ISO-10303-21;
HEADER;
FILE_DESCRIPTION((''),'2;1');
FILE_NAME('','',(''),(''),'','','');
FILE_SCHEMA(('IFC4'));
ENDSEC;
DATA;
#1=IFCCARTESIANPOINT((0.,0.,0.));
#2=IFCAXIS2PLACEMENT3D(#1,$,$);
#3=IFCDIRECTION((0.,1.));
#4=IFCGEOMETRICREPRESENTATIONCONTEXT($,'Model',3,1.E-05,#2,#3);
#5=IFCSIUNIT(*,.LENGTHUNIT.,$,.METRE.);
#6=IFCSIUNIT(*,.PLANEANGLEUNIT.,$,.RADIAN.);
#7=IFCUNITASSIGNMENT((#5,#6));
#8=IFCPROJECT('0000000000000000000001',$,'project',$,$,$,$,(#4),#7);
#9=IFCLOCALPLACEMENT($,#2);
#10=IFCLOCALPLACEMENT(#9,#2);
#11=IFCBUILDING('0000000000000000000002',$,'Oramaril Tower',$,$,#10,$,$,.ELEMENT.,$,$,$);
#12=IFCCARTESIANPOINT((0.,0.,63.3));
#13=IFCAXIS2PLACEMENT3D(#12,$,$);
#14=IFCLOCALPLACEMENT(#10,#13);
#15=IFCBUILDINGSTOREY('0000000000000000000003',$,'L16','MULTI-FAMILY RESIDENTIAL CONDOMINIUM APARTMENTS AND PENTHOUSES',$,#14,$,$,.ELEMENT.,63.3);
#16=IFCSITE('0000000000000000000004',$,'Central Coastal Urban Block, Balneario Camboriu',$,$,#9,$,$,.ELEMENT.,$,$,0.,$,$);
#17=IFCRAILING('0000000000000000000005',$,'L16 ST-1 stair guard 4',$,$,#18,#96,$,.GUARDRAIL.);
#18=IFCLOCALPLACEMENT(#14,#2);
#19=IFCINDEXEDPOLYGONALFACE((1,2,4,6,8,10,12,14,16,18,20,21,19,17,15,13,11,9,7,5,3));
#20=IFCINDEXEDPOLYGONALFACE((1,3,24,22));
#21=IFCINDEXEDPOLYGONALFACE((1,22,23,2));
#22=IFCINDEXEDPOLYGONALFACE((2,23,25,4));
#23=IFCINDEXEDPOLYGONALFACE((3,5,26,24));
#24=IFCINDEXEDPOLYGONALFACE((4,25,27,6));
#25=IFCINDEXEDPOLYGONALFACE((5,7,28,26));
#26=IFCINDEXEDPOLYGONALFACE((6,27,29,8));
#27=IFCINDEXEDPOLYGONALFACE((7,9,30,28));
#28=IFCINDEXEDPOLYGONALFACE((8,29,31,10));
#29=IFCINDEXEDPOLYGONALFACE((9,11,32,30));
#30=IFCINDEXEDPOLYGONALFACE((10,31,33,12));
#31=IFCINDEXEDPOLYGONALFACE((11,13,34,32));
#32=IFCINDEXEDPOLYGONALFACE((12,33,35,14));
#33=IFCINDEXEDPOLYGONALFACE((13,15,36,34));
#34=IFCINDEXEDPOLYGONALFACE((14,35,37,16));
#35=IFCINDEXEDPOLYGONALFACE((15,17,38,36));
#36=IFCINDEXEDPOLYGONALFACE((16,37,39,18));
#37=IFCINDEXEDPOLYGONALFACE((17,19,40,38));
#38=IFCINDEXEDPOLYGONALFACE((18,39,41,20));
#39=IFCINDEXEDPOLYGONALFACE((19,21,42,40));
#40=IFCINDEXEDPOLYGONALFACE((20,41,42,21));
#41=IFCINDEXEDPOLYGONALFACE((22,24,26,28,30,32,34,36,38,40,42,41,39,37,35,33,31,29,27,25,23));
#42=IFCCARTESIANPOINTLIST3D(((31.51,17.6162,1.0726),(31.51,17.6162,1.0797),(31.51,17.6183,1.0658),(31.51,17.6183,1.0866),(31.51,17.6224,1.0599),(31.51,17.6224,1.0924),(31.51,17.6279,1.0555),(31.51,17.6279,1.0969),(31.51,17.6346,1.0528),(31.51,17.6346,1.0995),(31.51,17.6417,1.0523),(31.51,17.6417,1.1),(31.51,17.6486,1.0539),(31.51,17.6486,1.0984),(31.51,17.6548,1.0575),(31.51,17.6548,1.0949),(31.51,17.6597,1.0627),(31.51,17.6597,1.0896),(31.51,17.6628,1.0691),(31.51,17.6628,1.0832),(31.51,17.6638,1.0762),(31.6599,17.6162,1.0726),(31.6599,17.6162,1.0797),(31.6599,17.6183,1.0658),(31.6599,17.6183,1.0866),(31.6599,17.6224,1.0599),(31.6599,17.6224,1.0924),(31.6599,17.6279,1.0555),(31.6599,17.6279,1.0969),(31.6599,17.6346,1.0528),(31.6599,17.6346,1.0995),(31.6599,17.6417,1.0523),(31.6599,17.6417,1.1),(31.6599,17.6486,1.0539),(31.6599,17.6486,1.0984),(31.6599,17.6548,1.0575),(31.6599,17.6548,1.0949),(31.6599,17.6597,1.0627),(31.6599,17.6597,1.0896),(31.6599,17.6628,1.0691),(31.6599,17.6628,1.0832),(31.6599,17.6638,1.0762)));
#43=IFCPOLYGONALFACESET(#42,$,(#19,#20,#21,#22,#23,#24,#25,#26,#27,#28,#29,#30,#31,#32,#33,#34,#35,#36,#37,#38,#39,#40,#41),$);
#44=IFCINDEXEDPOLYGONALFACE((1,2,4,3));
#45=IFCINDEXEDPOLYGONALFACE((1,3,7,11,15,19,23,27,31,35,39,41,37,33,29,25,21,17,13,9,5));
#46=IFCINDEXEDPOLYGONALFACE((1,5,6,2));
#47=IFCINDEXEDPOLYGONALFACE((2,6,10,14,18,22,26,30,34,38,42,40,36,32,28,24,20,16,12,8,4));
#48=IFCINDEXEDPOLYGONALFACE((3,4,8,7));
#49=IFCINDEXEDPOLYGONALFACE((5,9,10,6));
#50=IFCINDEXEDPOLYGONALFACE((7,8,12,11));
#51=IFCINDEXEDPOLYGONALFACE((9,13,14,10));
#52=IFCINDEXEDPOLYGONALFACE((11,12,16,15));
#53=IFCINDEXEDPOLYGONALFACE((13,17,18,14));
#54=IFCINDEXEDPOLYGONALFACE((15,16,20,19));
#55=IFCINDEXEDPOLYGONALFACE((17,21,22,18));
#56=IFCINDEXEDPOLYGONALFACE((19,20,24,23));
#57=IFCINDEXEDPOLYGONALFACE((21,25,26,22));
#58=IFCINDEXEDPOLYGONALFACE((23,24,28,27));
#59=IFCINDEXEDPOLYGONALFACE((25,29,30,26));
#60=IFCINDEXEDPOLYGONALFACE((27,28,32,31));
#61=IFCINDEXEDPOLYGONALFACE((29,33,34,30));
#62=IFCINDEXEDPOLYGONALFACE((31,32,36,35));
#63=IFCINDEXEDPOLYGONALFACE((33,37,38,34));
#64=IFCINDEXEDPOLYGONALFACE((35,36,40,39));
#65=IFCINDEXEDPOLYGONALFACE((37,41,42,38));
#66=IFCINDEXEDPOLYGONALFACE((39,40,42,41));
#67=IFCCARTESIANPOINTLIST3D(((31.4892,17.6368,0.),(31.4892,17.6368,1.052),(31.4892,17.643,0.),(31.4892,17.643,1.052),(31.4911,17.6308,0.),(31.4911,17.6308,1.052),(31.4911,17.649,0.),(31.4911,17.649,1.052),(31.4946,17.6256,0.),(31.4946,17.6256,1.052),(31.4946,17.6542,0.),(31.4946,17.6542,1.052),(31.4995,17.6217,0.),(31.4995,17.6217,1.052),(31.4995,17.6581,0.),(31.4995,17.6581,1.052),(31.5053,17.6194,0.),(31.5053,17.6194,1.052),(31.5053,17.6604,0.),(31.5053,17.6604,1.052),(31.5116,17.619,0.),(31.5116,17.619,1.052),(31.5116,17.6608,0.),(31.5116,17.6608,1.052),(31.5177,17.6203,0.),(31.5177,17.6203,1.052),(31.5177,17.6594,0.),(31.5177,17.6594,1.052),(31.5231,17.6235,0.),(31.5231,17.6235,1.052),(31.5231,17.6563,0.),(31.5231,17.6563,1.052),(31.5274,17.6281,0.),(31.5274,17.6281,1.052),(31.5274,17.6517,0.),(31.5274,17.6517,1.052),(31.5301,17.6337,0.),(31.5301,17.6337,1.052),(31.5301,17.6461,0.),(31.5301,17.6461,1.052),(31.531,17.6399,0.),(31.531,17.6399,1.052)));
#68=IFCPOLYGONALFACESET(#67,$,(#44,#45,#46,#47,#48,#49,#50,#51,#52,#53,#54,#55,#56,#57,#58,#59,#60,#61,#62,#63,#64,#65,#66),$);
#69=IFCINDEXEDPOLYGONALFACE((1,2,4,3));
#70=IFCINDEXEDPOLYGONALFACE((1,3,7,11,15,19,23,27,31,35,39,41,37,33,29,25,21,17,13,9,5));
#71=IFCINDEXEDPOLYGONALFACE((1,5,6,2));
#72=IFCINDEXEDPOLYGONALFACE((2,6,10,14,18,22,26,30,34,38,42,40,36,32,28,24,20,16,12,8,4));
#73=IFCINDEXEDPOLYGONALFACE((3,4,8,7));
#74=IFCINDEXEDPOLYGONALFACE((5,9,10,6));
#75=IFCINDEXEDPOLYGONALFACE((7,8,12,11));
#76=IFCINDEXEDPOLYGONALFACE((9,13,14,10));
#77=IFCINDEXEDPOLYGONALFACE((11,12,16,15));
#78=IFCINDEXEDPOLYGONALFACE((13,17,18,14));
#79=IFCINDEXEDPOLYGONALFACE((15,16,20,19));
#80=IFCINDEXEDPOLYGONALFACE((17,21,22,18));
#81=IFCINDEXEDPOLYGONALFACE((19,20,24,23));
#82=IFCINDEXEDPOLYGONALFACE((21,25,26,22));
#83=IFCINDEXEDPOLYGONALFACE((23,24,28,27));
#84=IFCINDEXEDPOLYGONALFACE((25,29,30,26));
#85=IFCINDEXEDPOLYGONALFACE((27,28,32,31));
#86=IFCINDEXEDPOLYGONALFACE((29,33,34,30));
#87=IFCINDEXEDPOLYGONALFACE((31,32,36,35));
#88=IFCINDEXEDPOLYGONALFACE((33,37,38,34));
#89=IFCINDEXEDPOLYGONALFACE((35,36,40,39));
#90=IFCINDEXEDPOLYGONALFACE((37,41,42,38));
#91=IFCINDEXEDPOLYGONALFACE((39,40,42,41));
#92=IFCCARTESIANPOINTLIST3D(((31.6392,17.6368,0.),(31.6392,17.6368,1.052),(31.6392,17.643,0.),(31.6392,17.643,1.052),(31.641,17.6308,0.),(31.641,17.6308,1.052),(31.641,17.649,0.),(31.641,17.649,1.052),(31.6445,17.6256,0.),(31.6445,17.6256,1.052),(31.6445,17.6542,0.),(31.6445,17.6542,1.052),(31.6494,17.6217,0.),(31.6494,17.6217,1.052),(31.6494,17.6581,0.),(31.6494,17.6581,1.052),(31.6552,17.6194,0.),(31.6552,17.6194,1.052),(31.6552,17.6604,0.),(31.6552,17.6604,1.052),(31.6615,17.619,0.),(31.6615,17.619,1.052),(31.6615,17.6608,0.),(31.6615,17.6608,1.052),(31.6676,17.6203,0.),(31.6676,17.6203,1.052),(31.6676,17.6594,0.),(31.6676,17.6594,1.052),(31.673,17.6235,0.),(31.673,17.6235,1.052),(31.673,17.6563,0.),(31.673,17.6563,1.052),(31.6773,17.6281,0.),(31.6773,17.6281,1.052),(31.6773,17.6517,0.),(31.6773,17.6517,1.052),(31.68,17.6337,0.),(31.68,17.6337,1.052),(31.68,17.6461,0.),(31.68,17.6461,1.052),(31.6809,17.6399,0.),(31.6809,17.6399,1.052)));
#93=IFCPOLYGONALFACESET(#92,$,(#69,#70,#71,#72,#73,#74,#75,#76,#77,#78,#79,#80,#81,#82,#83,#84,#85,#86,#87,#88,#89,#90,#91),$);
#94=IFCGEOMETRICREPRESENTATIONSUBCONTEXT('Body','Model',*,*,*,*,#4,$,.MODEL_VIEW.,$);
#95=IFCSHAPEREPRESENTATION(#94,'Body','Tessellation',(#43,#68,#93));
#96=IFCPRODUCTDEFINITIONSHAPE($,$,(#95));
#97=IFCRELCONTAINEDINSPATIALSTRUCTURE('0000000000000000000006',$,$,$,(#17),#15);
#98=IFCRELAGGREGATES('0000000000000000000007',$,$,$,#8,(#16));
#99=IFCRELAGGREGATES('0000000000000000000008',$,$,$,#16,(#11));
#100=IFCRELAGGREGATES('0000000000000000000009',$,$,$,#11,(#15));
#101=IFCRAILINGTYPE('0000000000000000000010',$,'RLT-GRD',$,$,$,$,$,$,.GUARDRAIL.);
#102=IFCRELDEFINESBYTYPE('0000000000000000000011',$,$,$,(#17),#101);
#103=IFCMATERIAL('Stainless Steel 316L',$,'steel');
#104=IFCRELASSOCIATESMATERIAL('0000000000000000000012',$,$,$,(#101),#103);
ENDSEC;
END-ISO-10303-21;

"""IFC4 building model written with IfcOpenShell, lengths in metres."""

from ifc_helpers import new_model, si_unit, direction, frame, origin, origin_2d, place, context, subcontext, project, spatial, circle, extrude, material, type_object, element, save


model = new_model("IFC4")

# Units and contexts
model_context = context("Model", 3, precision=1e-05, world=origin(), true_north=direction((0.0, 1.0)))
body_context = subcontext(model_context, "Body", "Model", "MODEL_VIEW")
ifc_project = project(units=[si_unit("LENGTHUNIT", "METRE"), si_unit("PLANEANGLEUNIT", "RADIAN")], contexts=[model_context])

# Site, building, storey
site_placement = place(None, origin())
site = spatial("IfcSite", under=ifc_project, at=site_placement, Name="Central Coastal Urban Block, Balneario Camboriu", CompositionType="ELEMENT", RefElevation=0.0)
building_placement = place(site_placement, origin())
building = spatial("IfcBuilding", under=site, at=building_placement, Name="Oramaril Tower", CompositionType="ELEMENT")
storey_placement = place(building_placement, frame((0.0, 0.0, 63.3)))
storey = spatial("IfcBuildingStorey", under=building, at=storey_placement, Name="L16", Description="MULTI-FAMILY RESIDENTIAL CONDOMINIUM APARTMENTS AND PENTHOUSES", CompositionType="ELEMENT", Elevation=63.3)

# Railing
ifc_material_1 = material(Name="Stainless Steel 316L", Category="steel")
railing_type_1 = type_object("IfcRailingType", Name="RLT-GRD", PredefinedType="GUARDRAIL", material=ifc_material_1)
railing_1_placement = place(storey_placement, frame((31.51, 17.6399, 0.0)))
element("IfcRailing", 1, at=railing_1_placement, inside=storey, type_object=railing_type_1, Name="L16 ST-1 stair guard 4", PredefinedType="GUARDRAIL", context=body_context, shape_type="SweptSolid", body=[
    extrude(circle(Radius=0.0239, at=origin_2d()), frame((0.0, 0.0, 1.0762), z_axis=(1.0, 0.0, 0.0), x_axis=(0.0, 1.0, 0.0)), (0.0, 0.0, 1.0), 0.1499),
    extrude(circle(Radius=0.021, at=origin_2d()), origin(), (0.0, 0.0, 1.0), 1.052),
    extrude(circle(Radius=0.021, at=origin_2d()), frame((0.1499, 0.0, 0.0)), (0.0, 0.0, 1.0), 1.052),
])

save(model, "model.ifc")
